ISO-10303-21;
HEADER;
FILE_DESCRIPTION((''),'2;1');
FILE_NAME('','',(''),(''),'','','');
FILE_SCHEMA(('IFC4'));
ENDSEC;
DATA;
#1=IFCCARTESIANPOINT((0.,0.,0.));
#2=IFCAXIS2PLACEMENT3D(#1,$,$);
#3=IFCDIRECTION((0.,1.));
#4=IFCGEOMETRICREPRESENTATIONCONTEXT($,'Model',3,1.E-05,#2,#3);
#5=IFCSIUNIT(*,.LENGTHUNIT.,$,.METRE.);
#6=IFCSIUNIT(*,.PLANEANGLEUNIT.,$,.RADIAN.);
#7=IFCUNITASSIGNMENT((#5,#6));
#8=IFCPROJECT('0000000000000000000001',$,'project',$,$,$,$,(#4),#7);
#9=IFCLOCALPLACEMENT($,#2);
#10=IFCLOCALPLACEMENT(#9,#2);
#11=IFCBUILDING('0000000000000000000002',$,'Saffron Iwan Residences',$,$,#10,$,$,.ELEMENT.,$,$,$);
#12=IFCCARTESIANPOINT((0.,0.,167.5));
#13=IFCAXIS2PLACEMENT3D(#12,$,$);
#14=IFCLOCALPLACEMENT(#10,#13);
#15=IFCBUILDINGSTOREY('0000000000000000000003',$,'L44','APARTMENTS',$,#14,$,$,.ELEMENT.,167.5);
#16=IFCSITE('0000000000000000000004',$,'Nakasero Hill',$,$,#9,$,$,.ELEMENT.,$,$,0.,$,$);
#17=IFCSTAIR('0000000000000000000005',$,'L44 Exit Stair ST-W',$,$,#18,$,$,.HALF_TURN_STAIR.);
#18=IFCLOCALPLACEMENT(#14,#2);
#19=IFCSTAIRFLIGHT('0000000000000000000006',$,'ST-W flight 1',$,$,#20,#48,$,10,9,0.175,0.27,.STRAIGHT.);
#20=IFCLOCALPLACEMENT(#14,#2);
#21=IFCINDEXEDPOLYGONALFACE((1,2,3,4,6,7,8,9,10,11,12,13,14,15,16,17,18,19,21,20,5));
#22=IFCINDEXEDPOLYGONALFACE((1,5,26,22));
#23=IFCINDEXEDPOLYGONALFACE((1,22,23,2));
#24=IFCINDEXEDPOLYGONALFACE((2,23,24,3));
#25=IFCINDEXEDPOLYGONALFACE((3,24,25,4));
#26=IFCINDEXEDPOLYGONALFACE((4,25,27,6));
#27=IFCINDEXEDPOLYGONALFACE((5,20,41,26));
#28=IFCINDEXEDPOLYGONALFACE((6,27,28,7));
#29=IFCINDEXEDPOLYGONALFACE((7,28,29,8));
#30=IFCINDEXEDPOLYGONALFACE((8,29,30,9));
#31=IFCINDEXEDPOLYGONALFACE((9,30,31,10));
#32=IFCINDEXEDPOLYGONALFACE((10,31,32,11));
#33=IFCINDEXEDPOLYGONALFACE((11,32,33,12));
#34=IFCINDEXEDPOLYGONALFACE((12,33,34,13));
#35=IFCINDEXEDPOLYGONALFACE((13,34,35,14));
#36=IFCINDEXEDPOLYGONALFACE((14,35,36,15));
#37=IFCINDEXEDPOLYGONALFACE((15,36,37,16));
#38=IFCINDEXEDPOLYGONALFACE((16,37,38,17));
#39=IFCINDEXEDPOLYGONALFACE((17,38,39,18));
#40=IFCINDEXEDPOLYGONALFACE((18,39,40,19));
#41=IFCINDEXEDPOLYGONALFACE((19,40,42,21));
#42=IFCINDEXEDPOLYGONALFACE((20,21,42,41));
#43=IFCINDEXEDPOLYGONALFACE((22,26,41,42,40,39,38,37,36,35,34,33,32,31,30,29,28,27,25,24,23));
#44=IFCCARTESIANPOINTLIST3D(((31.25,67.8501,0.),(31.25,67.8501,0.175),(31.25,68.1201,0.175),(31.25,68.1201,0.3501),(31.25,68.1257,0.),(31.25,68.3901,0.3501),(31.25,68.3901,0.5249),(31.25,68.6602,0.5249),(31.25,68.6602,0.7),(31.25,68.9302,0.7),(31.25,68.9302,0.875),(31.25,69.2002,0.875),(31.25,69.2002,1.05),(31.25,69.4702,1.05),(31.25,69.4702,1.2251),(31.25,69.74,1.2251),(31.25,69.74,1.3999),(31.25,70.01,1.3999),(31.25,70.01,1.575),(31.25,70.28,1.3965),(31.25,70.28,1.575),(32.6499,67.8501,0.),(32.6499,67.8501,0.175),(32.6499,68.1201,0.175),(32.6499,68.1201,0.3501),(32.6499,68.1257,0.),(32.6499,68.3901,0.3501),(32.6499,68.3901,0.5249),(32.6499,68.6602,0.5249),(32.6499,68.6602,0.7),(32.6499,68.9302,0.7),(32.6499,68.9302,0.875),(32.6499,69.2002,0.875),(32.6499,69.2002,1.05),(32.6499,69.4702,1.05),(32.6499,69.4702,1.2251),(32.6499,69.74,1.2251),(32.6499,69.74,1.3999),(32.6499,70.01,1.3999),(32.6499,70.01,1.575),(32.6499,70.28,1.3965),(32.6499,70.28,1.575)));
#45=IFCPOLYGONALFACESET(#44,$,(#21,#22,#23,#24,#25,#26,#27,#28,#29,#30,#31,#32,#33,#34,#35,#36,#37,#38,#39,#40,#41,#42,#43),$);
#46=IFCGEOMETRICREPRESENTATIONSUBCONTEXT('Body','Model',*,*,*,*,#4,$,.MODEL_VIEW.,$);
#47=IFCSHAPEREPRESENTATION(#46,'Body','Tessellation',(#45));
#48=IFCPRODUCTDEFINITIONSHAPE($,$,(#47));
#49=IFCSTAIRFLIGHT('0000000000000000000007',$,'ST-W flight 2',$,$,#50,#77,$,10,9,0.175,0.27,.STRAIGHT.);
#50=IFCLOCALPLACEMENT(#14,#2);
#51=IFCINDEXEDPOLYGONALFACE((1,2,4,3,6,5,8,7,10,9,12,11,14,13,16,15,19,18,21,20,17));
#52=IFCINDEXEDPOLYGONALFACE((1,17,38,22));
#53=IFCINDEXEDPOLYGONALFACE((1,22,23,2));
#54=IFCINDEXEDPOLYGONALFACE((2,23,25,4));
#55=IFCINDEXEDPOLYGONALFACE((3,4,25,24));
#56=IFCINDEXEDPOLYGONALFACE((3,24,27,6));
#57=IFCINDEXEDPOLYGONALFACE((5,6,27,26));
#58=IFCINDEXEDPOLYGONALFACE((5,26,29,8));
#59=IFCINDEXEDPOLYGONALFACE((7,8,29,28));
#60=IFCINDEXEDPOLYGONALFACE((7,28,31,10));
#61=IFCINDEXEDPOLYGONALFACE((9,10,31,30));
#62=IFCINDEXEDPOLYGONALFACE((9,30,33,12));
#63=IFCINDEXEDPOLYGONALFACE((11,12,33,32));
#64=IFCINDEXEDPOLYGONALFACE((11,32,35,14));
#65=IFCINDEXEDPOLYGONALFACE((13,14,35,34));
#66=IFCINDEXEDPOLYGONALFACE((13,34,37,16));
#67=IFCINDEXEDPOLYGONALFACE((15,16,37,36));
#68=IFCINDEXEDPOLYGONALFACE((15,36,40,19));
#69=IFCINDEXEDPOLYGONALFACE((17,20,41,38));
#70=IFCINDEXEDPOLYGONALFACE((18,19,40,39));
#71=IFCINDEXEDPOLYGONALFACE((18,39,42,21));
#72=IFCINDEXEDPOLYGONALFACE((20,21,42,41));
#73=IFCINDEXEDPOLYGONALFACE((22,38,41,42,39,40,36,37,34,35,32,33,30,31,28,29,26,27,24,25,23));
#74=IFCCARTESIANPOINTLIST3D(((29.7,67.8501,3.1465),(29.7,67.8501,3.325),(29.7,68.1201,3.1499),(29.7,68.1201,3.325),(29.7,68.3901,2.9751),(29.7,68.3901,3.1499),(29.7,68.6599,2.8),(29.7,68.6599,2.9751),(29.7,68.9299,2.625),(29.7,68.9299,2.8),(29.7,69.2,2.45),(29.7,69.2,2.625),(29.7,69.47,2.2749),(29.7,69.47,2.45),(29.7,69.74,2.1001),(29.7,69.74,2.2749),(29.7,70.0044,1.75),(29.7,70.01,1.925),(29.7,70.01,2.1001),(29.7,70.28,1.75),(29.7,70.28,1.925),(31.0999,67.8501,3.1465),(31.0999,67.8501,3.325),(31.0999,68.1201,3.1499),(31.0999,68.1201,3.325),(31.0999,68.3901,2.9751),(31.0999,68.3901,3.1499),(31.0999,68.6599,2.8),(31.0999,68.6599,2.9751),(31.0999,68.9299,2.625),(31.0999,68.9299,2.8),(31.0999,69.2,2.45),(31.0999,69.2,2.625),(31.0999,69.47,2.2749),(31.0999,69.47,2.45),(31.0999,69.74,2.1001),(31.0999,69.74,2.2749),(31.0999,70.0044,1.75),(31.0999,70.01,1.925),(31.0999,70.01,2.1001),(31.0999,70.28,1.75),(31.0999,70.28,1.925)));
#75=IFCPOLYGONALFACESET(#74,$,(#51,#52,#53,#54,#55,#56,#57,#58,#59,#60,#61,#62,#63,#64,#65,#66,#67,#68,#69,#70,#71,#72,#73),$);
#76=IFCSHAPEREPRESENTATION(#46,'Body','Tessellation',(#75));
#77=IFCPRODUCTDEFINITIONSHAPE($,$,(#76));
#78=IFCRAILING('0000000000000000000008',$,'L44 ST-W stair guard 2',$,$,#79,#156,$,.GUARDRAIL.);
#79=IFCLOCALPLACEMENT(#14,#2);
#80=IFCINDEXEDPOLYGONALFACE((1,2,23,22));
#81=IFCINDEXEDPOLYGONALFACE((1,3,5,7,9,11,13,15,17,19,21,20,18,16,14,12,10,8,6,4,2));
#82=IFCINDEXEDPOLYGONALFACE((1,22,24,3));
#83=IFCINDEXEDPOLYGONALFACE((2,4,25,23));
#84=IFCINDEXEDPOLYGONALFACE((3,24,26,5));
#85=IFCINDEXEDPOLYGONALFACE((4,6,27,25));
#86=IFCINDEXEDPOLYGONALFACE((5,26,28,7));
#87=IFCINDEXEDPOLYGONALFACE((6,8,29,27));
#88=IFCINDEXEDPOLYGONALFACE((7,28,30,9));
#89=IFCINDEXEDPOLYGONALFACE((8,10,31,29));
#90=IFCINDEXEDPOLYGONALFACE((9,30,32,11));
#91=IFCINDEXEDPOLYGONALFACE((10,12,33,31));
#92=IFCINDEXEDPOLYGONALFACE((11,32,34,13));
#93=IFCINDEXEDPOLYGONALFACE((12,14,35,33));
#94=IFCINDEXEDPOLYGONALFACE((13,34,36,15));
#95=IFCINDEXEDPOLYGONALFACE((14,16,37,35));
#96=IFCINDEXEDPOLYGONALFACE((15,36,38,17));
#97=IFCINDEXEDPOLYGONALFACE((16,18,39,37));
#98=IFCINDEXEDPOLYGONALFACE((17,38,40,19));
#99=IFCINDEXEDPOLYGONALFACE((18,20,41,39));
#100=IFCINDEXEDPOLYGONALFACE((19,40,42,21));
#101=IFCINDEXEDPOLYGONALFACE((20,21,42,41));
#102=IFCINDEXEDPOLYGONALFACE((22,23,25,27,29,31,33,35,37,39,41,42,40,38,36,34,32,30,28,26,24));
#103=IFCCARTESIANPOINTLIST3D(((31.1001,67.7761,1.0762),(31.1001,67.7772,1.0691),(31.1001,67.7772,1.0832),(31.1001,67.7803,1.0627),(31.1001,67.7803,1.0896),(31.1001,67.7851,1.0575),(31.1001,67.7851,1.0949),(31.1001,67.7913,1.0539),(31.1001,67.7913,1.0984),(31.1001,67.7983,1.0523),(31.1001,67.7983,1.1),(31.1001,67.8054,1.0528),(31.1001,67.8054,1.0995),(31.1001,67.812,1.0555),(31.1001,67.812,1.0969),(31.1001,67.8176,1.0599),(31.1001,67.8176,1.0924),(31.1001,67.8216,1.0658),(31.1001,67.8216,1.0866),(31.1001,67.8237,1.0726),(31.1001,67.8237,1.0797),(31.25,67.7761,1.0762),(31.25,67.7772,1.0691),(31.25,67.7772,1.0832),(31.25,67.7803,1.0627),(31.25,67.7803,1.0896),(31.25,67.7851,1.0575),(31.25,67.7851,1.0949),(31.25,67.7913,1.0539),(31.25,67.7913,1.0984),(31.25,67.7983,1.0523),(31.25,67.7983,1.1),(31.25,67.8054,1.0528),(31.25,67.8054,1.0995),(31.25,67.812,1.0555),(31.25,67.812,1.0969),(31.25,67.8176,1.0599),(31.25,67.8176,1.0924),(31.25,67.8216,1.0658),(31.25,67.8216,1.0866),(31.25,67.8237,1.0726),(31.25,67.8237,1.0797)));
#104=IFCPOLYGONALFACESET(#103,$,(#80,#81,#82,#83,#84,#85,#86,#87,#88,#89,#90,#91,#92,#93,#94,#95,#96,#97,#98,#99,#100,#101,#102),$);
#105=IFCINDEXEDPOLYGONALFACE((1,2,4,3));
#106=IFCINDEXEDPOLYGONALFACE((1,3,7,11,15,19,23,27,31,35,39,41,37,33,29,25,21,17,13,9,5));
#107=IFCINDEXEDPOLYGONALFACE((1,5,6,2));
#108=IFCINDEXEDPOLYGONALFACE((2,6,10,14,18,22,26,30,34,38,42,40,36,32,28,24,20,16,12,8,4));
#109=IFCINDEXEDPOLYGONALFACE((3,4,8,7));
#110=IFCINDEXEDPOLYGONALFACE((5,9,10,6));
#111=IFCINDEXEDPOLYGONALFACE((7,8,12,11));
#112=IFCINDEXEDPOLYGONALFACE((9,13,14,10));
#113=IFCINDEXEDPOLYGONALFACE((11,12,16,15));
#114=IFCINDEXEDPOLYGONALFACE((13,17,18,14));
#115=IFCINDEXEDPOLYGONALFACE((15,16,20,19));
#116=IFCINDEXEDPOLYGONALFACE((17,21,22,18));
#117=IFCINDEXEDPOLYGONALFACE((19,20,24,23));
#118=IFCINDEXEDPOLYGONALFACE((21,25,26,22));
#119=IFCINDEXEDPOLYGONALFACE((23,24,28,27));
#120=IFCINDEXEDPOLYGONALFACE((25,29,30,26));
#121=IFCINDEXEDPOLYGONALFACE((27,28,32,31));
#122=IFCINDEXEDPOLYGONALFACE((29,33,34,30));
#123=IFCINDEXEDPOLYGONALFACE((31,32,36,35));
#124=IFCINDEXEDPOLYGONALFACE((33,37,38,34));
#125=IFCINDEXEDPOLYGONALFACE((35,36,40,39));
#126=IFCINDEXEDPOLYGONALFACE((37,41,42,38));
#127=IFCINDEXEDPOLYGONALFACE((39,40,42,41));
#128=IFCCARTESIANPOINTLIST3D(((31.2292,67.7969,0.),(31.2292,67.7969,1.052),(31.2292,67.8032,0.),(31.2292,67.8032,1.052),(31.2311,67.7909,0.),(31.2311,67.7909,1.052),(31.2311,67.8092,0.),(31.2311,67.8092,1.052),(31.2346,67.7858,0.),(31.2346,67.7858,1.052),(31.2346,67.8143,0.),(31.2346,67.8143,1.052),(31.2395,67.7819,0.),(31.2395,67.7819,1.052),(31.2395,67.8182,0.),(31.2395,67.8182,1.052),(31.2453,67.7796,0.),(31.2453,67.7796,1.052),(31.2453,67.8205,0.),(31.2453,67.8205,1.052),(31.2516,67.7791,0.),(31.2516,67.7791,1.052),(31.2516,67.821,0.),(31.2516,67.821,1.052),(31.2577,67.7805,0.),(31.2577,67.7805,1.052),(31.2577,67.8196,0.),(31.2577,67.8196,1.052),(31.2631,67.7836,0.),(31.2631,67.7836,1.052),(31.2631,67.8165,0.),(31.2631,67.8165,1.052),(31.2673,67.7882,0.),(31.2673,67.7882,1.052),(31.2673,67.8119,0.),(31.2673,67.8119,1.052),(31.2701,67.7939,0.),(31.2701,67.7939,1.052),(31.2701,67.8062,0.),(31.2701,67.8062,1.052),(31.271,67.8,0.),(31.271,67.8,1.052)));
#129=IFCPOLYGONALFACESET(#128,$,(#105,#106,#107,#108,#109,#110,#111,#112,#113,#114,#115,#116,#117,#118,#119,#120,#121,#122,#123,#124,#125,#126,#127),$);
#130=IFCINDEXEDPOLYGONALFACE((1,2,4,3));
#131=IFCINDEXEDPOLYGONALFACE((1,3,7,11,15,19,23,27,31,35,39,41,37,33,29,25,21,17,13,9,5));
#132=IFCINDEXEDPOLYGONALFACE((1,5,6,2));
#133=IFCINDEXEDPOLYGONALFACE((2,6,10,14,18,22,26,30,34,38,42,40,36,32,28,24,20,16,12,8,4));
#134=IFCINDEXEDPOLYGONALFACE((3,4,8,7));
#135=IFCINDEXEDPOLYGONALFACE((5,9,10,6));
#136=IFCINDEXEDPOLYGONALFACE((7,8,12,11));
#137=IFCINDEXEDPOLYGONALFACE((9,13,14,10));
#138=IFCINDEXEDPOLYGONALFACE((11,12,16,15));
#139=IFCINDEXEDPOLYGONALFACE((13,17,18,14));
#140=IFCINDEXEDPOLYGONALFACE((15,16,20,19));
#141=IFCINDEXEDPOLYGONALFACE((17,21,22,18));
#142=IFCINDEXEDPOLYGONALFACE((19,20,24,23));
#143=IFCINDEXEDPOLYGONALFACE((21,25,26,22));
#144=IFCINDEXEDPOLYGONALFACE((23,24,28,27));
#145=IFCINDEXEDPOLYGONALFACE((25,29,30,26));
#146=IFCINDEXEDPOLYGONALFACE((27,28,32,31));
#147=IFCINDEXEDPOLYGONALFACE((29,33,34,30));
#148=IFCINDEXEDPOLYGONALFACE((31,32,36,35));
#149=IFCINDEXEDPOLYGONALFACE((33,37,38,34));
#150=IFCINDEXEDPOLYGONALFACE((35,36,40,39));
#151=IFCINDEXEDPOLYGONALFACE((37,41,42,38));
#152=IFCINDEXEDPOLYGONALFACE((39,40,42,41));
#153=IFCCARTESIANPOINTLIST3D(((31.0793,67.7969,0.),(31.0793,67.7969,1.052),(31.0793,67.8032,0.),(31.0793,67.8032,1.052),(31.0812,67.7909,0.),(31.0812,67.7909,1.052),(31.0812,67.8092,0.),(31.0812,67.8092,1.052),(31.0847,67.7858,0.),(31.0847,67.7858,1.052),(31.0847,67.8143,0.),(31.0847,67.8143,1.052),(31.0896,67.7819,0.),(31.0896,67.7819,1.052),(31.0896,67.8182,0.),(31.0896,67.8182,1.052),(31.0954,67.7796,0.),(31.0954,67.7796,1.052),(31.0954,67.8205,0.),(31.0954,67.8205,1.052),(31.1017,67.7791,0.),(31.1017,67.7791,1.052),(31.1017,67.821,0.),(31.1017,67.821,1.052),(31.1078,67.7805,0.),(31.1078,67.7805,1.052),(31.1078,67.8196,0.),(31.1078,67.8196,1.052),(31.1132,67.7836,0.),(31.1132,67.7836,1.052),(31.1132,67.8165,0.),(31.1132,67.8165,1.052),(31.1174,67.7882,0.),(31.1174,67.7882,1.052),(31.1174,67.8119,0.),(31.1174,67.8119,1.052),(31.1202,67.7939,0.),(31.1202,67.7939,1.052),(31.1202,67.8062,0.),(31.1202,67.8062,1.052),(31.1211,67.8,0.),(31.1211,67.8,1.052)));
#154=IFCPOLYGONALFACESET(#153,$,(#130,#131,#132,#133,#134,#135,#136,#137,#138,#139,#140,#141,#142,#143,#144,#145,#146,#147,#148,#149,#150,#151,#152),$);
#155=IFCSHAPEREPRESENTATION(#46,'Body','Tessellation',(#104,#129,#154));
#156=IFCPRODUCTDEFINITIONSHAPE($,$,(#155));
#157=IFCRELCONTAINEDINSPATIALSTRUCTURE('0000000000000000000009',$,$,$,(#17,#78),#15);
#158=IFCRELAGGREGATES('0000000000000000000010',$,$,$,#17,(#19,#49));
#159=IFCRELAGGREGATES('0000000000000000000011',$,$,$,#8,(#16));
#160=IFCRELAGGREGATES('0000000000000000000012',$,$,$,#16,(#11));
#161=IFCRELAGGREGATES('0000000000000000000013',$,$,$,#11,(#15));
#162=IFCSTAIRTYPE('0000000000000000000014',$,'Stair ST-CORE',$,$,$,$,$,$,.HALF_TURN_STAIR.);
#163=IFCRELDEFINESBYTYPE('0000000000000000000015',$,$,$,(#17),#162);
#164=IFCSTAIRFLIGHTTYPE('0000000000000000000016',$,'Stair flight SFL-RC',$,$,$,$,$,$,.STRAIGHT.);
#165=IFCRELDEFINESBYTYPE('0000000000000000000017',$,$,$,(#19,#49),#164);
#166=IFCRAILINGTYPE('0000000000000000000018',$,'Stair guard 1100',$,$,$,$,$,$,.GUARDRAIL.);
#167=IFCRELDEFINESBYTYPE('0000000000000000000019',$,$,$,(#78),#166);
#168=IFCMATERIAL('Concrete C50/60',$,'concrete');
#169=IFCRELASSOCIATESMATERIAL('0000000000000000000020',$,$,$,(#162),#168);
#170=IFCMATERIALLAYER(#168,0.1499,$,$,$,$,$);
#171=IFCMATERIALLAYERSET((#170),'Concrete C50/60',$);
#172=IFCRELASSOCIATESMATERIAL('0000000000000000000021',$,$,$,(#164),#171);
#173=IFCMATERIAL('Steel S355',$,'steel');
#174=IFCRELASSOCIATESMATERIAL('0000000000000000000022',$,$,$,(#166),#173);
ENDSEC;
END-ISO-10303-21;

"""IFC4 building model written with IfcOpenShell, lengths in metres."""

from ifc_helpers import new_model, si_unit, direction, frame, origin, origin_2d, place, context, subcontext, project, spatial, polyline, circle, outline, extrude, material, layer, layer_set, type_object, element, aggregate, save


model = new_model("IFC4")

# Units and contexts
model_context = context("Model", 3, precision=1e-05, world=origin(), true_north=direction((0.0, 1.0)))
body_context = subcontext(model_context, "Body", "Model", "MODEL_VIEW")
ifc_project = project(units=[si_unit("LENGTHUNIT", "METRE"), si_unit("PLANEANGLEUNIT", "RADIAN")], contexts=[model_context])

# Site, building, storey
site_placement = place(None, origin())
site = spatial("IfcSite", under=ifc_project, at=site_placement, Name="Nakasero Hill", CompositionType="ELEMENT", RefElevation=0.0)
building_placement = place(site_placement, origin())
building = spatial("IfcBuilding", under=site, at=building_placement, Name="Saffron Iwan Residences", CompositionType="ELEMENT")
storey_placement = place(building_placement, frame((0.0, 0.0, 167.5)))
storey = spatial("IfcBuildingStorey", under=building, at=storey_placement, Name="L44", Description="APARTMENTS", CompositionType="ELEMENT", Elevation=167.5)

# Stair, stair flights
ifc_material_1 = material(Name="Concrete C50/60", Category="concrete")
stair_type = type_object("IfcStairType", Name="Stair ST-CORE", PredefinedType="HALF_TURN_STAIR", material=ifc_material_1)
stair_placement = place(storey_placement, origin())
stair = element("IfcStair", 1, at=stair_placement, inside=storey, type_object=stair_type, Name="L44 Exit Stair ST-W", PredefinedType="HALF_TURN_STAIR")
ifc_layer = layer(ifc_material_1, 0.1499)
ifc_layer_set = layer_set([ifc_layer], Name="Concrete C50/60")
stair_flight_type = type_object("IfcStairFlightType", Name="Stair flight SFL-RC", PredefinedType="STRAIGHT", material=ifc_layer_set)
stair_flight_1_placement = place(storey_placement, frame((31.95, 67.8501, 0.0), z_axis=(0.0, 0.0, 1.0), x_axis=(0.0, 1.0, 0.0)))
stair_flight_1 = element("IfcStairFlight", 2, at=stair_flight_1_placement, type_object=stair_flight_type, Name="ST-W flight 1", NumberOfRisers=10, NumberOfTreads=9, PredefinedType="STRAIGHT", RiserHeight=0.175, TreadLength=0.27, context=body_context, shape_type="SweptSolid", body=[
    extrude(outline(polyline([(0.0, 0.0), (0.0, 0.175), (0.27, 0.175), (0.27, 0.3501), (0.54, 0.3501), (0.54, 0.5249), (0.8101, 0.5249), (0.8101, 0.7), (1.0801, 0.7), (1.0801, 0.875), (1.3501, 0.875), (1.3501, 1.05), (1.6201, 1.05), (1.6201, 1.2251), (1.8899, 1.2251), (1.8899, 1.3999), (2.1599, 1.3999), (2.1599, 1.575), (2.4299, 1.575), (2.4299, 1.75), (2.4299, 1.3965), (0.2756, 0.0), (0.0, 0.0)])), frame((0.0, 0.7, 0.0), z_axis=(0.0, -1.0, 0.0), x_axis=(1.0, 0.0, 0.0)), (0.0, 0.0, 1.0), 1.3999),
])
stair_flight_2_placement = place(storey_placement, frame((30.3999, 70.28, 1.75), z_axis=(0.0, 0.0, 1.0), x_axis=(0.0, -1.0, 0.0)))
stair_flight_2 = element("IfcStairFlight", 3, at=stair_flight_2_placement, type_object=stair_flight_type, Name="ST-W flight 2", NumberOfRisers=10, NumberOfTreads=9, PredefinedType="STRAIGHT", RiserHeight=0.175, TreadLength=0.27, context=body_context, shape_type="SweptSolid", body=[
    extrude(outline(polyline([(0.0, 0.0), (0.0, 0.175), (0.27, 0.175), (0.27, 0.3501), (0.54, 0.3501), (0.54, 0.5249), (0.8101, 0.5249), (0.8101, 0.7), (1.0801, 0.7), (1.0801, 0.875), (1.3501, 0.875), (1.3501, 1.05), (1.6201, 1.05), (1.6201, 1.2251), (1.8899, 1.2251), (1.8899, 1.3999), (2.1599, 1.3999), (2.1599, 1.575), (2.4299, 1.575), (2.4299, 1.75), (2.4299, 1.3965), (0.2756, 0.0), (0.0, 0.0)])), frame((0.0, 0.7, 0.0), z_axis=(0.0, -1.0, 0.0), x_axis=(1.0, 0.0, 0.0)), (0.0, 0.0, 1.0), 1.3999),
])
aggregate(stair, [stair_flight_1, stair_flight_2])

# Railing
ifc_material_2 = material(Name="Steel S355", Category="steel")
railing_type_1 = type_object("IfcRailingType", Name="Stair guard 1100", PredefinedType="GUARDRAIL", material=ifc_material_2)
railing_1_placement = place(storey_placement, frame((31.25, 67.8, 0.0)))
element("IfcRailing", 4, at=railing_1_placement, inside=storey, type_object=railing_type_1, Name="L44 ST-W stair guard 2", PredefinedType="GUARDRAIL", context=body_context, shape_type="SweptSolid", body=[
    extrude(circle(Radius=0.0239, at=origin_2d()), frame((0.0, 0.0, 1.0762), z_axis=(-1.0, 0.0, 0.0), x_axis=(0.0, -1.0, 0.0)), (0.0, 0.0, 1.0), 0.1499),
    extrude(circle(Radius=0.021, at=origin_2d()), origin(), (0.0, 0.0, 1.0), 1.052),
    extrude(circle(Radius=0.021, at=origin_2d()), frame((-0.1499, 0.0, 0.0)), (0.0, 0.0, 1.0), 1.052),
])

save(model, "model.ifc")
